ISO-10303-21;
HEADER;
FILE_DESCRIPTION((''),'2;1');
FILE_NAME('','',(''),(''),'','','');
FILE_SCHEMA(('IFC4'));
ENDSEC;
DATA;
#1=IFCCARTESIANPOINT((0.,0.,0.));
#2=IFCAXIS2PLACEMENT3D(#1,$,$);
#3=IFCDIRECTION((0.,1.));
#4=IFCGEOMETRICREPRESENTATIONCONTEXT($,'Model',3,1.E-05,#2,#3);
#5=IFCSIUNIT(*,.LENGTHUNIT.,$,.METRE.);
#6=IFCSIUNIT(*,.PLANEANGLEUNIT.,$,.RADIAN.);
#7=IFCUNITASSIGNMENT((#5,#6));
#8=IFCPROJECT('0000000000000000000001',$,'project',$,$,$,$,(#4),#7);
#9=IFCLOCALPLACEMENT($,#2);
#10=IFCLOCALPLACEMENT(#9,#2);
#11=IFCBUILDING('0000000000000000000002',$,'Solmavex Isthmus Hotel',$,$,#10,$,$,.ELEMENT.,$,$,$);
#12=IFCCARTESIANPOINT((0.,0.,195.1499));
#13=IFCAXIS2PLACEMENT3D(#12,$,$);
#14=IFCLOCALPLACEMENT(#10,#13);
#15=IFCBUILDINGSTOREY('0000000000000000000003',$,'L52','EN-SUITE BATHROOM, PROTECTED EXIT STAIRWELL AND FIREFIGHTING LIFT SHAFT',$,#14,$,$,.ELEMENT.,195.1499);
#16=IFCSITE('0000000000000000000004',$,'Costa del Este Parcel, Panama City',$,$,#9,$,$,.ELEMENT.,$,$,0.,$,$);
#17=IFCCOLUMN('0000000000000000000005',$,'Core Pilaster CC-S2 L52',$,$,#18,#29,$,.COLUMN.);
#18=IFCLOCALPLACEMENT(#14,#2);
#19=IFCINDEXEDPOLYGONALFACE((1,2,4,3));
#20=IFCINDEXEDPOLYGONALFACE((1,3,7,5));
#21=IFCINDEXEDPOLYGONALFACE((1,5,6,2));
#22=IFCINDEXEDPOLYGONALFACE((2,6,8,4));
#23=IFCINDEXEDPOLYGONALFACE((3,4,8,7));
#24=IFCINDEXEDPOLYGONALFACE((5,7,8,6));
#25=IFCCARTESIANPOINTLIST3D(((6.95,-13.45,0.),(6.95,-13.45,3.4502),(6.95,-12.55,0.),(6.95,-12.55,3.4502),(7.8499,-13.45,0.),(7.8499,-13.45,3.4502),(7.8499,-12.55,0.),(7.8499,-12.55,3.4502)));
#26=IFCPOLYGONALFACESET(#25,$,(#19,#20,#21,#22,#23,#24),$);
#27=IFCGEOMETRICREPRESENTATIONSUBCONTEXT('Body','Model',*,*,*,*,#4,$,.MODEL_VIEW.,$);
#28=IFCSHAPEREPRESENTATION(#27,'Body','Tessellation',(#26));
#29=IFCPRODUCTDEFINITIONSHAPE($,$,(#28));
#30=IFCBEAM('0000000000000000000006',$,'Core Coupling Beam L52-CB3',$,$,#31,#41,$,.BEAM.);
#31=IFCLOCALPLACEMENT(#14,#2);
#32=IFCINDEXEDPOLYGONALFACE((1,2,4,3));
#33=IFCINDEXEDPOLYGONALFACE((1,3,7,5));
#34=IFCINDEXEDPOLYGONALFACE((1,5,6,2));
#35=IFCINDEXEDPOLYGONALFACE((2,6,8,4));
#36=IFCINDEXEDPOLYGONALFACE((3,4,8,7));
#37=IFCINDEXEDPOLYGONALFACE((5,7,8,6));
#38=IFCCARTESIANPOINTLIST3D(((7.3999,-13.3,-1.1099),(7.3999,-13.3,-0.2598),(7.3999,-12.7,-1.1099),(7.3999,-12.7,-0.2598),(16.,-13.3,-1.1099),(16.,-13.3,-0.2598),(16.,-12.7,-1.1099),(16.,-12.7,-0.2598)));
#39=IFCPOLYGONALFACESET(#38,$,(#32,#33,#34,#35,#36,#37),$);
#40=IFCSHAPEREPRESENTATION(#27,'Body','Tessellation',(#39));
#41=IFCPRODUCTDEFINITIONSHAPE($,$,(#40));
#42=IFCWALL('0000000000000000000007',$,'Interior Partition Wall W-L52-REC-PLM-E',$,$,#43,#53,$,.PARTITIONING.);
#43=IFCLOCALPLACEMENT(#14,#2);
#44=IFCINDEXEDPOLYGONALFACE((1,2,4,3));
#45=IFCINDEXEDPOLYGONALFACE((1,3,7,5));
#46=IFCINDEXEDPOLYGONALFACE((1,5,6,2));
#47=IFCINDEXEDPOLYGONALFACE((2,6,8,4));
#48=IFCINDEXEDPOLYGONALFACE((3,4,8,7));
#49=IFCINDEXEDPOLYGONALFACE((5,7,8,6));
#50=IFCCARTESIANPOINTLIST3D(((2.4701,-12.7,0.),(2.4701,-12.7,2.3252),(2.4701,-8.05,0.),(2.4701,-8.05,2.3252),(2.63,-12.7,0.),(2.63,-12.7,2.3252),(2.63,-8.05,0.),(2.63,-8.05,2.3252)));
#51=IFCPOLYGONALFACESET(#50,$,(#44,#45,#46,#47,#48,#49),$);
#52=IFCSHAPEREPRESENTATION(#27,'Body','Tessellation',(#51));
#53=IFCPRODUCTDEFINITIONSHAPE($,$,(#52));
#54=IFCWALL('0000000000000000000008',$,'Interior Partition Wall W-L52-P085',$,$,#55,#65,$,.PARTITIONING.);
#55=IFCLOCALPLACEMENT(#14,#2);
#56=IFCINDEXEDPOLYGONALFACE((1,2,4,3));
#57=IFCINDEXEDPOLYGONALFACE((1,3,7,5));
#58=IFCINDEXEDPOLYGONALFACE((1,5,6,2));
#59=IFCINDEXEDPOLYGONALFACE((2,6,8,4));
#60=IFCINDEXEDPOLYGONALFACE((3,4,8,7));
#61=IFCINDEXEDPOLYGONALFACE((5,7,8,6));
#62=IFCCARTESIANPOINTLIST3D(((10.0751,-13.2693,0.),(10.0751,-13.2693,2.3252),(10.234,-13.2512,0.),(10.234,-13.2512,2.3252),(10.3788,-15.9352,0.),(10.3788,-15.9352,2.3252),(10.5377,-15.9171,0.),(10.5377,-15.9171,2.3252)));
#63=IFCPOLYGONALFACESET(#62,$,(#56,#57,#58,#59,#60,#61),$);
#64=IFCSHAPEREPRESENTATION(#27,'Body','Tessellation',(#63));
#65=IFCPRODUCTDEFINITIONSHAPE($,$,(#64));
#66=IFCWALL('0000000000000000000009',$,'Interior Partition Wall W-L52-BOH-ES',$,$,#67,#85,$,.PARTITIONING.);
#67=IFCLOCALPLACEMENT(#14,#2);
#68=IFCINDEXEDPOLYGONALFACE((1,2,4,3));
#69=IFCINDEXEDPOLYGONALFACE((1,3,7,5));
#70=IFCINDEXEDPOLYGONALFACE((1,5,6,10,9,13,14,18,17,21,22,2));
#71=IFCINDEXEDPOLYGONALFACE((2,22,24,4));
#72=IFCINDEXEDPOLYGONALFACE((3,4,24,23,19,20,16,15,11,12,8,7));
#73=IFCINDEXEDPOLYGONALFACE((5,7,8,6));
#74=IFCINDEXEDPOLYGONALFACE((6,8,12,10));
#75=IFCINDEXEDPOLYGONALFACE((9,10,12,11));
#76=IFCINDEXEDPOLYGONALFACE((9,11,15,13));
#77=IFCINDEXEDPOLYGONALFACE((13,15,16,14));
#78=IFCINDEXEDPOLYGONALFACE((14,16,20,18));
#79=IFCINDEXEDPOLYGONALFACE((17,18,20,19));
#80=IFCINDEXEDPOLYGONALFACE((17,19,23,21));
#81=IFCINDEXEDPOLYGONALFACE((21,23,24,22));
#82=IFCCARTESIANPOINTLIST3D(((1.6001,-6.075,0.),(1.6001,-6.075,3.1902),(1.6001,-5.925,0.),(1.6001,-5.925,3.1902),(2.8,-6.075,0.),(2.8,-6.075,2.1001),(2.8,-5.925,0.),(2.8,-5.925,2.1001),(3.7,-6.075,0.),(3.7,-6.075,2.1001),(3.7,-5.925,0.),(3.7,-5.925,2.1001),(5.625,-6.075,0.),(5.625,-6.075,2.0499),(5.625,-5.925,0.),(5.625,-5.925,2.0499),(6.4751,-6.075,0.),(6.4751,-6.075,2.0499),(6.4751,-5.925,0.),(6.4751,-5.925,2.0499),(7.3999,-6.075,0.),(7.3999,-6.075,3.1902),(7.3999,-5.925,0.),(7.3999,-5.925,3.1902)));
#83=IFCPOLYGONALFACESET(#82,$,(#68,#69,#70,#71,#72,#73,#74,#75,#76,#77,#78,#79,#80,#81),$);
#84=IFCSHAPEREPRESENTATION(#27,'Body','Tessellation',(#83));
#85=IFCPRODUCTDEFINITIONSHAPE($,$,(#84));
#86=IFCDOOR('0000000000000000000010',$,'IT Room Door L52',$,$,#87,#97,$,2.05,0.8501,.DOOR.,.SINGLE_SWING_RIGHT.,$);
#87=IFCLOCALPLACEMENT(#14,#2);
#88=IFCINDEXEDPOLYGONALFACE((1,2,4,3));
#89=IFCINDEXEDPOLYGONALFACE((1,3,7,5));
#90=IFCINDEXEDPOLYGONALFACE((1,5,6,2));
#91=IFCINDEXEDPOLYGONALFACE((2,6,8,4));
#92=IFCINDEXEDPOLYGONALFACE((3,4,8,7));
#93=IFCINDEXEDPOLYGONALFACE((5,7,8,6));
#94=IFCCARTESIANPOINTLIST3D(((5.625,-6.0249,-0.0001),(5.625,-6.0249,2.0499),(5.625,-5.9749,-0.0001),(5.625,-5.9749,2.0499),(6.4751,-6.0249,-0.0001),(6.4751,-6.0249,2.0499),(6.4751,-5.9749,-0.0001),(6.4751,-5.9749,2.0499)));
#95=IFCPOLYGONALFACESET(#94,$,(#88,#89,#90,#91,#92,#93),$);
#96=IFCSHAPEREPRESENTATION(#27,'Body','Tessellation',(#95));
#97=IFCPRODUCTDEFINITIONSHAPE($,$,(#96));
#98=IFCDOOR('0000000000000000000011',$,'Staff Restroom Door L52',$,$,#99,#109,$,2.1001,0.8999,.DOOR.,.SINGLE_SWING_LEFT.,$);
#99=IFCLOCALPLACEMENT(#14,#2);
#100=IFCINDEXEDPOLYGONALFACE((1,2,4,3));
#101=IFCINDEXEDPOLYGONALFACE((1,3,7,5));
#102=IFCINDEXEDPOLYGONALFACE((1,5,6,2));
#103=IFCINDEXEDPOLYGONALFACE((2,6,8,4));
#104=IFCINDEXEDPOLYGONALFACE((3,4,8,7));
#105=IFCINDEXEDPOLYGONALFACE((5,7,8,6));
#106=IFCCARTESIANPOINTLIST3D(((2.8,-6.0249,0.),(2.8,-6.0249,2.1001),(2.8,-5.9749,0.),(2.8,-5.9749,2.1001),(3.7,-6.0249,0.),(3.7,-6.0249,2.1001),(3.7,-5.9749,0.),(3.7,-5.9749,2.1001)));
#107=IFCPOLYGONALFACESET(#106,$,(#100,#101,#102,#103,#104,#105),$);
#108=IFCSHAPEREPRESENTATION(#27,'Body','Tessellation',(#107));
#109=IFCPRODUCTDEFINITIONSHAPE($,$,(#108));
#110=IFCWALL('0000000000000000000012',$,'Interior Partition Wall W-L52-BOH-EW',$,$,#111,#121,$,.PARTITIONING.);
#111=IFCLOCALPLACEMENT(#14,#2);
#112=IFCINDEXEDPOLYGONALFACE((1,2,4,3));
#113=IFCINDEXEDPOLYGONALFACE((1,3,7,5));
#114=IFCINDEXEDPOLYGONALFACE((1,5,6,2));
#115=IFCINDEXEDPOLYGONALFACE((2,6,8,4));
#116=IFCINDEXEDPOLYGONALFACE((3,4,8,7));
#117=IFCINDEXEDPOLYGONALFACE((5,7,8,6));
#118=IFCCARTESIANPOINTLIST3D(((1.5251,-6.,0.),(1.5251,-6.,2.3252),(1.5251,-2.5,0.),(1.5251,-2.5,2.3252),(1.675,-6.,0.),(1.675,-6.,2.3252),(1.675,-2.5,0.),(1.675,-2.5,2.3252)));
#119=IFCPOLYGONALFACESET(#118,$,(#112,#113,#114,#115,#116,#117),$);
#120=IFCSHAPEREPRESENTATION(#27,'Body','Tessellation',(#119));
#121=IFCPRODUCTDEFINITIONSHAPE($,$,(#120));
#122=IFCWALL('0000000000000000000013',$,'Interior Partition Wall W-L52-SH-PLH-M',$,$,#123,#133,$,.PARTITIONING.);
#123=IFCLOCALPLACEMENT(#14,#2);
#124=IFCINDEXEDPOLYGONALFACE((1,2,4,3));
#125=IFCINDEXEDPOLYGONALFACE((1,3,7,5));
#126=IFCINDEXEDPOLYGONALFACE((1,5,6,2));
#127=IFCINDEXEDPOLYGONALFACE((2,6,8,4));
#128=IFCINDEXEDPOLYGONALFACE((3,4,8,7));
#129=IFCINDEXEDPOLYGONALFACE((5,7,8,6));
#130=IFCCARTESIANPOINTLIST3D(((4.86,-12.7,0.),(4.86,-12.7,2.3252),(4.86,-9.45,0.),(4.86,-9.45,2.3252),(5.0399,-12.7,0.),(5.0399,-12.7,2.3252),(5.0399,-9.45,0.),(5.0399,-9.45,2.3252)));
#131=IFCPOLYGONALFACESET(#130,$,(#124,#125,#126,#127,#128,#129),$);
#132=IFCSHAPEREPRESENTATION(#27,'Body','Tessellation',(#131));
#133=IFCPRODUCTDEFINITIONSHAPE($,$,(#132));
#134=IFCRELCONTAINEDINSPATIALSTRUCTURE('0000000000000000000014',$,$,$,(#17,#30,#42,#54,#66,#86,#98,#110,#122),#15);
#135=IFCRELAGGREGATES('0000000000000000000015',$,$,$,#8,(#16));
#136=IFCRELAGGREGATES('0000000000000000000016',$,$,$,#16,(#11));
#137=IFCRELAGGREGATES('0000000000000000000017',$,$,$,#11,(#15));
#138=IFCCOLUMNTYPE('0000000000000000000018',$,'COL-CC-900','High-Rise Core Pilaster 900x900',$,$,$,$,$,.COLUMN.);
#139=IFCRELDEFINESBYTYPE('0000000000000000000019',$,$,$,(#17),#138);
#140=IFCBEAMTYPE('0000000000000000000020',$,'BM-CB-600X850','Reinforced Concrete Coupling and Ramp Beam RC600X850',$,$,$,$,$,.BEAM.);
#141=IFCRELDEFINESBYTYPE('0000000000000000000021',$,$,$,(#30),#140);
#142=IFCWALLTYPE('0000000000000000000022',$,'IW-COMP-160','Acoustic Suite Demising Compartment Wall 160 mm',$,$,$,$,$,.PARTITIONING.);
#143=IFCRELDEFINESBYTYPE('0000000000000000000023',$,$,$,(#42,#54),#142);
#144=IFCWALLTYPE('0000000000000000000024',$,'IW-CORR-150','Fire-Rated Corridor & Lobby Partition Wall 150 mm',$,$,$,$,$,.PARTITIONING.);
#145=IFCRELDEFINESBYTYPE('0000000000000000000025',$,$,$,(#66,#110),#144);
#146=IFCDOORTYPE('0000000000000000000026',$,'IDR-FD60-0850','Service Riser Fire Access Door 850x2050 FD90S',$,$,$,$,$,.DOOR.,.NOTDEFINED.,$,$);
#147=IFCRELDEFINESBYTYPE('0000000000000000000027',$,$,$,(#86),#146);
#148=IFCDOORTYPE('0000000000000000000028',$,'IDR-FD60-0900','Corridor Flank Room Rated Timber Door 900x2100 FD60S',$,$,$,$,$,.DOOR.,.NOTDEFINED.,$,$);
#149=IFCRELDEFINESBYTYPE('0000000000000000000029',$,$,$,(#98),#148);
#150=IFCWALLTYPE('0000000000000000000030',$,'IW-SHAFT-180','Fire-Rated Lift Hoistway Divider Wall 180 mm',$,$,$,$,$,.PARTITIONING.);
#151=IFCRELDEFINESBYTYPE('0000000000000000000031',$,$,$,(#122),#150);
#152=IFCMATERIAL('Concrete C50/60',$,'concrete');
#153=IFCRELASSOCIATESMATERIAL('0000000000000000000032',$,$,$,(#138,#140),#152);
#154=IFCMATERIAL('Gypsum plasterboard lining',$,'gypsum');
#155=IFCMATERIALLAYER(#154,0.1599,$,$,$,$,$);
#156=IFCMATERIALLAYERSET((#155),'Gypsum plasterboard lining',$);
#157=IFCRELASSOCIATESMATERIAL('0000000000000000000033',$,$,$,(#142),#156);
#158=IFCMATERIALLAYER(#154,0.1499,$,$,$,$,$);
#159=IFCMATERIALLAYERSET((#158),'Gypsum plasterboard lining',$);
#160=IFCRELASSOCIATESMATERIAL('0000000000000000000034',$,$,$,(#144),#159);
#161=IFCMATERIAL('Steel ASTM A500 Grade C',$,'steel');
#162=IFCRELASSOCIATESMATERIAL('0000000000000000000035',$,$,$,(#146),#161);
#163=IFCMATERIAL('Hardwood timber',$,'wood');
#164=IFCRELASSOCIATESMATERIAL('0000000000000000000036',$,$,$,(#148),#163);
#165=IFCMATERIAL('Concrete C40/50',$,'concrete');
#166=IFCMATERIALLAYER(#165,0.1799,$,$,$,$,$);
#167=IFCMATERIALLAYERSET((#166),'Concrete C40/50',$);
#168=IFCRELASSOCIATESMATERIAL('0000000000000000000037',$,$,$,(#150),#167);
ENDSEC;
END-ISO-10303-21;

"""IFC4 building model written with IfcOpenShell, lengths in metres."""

from ifc_helpers import new_model, si_unit, direction, frame, frame_2d, origin, origin_2d, place, context, subcontext, project, spatial, rectangle, extrude, material, layer, layer_set, material_profile, profile_set, type_object, element, fill, save


model = new_model("IFC4")

# Units and contexts
model_context = context("Model", 3, precision=1e-05, world=origin(), true_north=direction((0.0, 1.0)))
body_context = subcontext(model_context, "Body", "Model", "MODEL_VIEW")
ifc_project = project(units=[si_unit("LENGTHUNIT", "METRE"), si_unit("PLANEANGLEUNIT", "RADIAN")], contexts=[model_context])

# Site, building, storey
site_placement = place(None, origin())
site = spatial("IfcSite", under=ifc_project, at=site_placement, Name="Costa del Este Parcel, Panama City", CompositionType="ELEMENT", RefElevation=0.0)
building_placement = place(site_placement, origin())
building = spatial("IfcBuilding", under=site, at=building_placement, Name="Solmavex Isthmus Hotel", CompositionType="ELEMENT")
storey_placement = place(building_placement, frame((0.0, 0.0, 195.1499)))
storey = spatial("IfcBuildingStorey", under=building, at=storey_placement, Name="L52", Description="EN-SUITE BATHROOM, PROTECTED EXIT STAIRWELL AND FIREFIGHTING LIFT SHAFT", CompositionType="ELEMENT", Elevation=195.1499)

# Column
ifc_material_1 = material(Name="Concrete C50/60", Category="concrete")
ifc_material_profile_1 = material_profile(ifc_material_1, rectangle(XDim=0.8999, YDim=0.8999, at=origin_2d()), Name="RC900X900")
ifc_profile_set_1 = profile_set([ifc_material_profile_1], Name="Concrete C50/60")
column_type = type_object("IfcColumnType", Name="COL-CC-900", Description="High-Rise Core Pilaster 900x900", PredefinedType="COLUMN", material=ifc_profile_set_1)
column_placement = place(storey_placement, frame((7.3999, -13.0, 0.0), z_axis=(0.0, 0.0, 1.0), x_axis=(1.0, 0.0, 0.0)))
element("IfcColumn", 1, at=column_placement, inside=storey, type_object=column_type, Name="Core Pilaster CC-S2 L52", PredefinedType="COLUMN", context=body_context, shape_type="SweptSolid", body=[
    extrude(rectangle(XDim=0.8999, YDim=0.8999, at=origin_2d()), origin(), (0.0, 0.0, 1.0), 3.4502),
])

# Beam
ifc_material_profile_2 = material_profile(ifc_material_1, rectangle(XDim=0.6001, YDim=0.8501, at=origin_2d()), Name="RC600X850")
ifc_profile_set_2 = profile_set([ifc_material_profile_2], Name="Concrete C50/60")
beam_type = type_object("IfcBeamType", Name="BM-CB-600X850", Description="Reinforced Concrete Coupling and Ramp Beam RC600X850", PredefinedType="BEAM", material=ifc_profile_set_2)
beam_placement = place(storey_placement, frame((7.3999, -13.0, -0.6848), z_axis=(1.0, 0.0, 0.0), x_axis=(0.0, 1.0, 0.0)))
element("IfcBeam", 2, at=beam_placement, inside=storey, type_object=beam_type, Name="Core Coupling Beam L52-CB3", PredefinedType="BEAM", context=body_context, shape_type="SweptSolid", body=[
    extrude(rectangle(XDim=0.6001, YDim=0.8501, at=origin_2d()), origin(), (0.0, 0.0, 1.0), 8.6001),
])

# Walls
ifc_material_2 = material(Name="Gypsum plasterboard lining", Category="gypsum")
ifc_layer_1 = layer(ifc_material_2, 0.1599)
ifc_layer_set_1 = layer_set([ifc_layer_1], Name="Gypsum plasterboard lining")
wall_type_1 = type_object("IfcWallType", Name="IW-COMP-160", Description="Acoustic Suite Demising Compartment Wall 160 mm", PredefinedType="PARTITIONING", material=ifc_layer_set_1)
wall_1_placement = place(storey_placement, frame((2.55, -12.7, 0.0), z_axis=(0.0, 0.0, 1.0), x_axis=(0.0, 1.0, 0.0)))
element("IfcWall", 3, at=wall_1_placement, inside=storey, type_object=wall_type_1, Name="Interior Partition Wall W-L52-REC-PLM-E", PredefinedType="PARTITIONING", context=body_context, shape_type="SweptSolid", body=[
    extrude(rectangle(XDim=4.6499, YDim=0.1599, at=frame_2d((2.325, 0.0))), origin(), (0.0, 0.0, 1.0), 2.3252),
])
wall_2_placement = place(storey_placement, frame((10.1545, -13.2603, 0.0), z_axis=(0.0, 0.0, 1.0), x_axis=(0.113198, -0.993572, 0.0)))
element("IfcWall", 4, at=wall_2_placement, inside=storey, type_object=wall_type_1, Name="Interior Partition Wall W-L52-P085", PredefinedType="PARTITIONING", context=body_context, shape_type="SweptSolid", body=[
    extrude(rectangle(XDim=2.6831, YDim=0.1599, at=frame_2d((1.3416, 0.0))), origin(), (0.0, 0.0, 1.0), 2.3252),
])

# Wall, openings, doors
ifc_layer_2 = layer(ifc_material_2, 0.1499)
ifc_layer_set_2 = layer_set([ifc_layer_2], Name="Gypsum plasterboard lining")
wall_type_2 = type_object("IfcWallType", Name="IW-CORR-150", Description="Fire-Rated Corridor & Lobby Partition Wall 150 mm", PredefinedType="PARTITIONING", material=ifc_layer_set_2)
wall_3_placement = place(storey_placement, frame((1.6001, -6.0, 0.0), z_axis=(0.0, 0.0, 1.0), x_axis=(1.0, 0.0, 0.0)))
wall_3 = element("IfcWall", 5, at=wall_3_placement, inside=storey, type_object=wall_type_2, Name="Interior Partition Wall W-L52-BOH-ES", PredefinedType="PARTITIONING", context=body_context, shape_type="SweptSolid", body=[
    extrude(rectangle(XDim=5.7998, YDim=0.1499, at=frame_2d((2.8999, 0.0))), origin(), (0.0, 0.0, 1.0), 3.1902),
])
opening_1_placement = place(wall_3_placement, frame((1.2, 0.0, 0.0)))
opening_1 = element("IfcOpeningElement", 6, at=opening_1_placement, cuts=wall_3, PredefinedType="OPENING", context=body_context, shape_type="SweptSolid", body=[
    extrude(rectangle(XDim=0.8999, YDim=2.1001, at=frame_2d((0.45, 1.05))), frame((0.0, 0.085, 0.0), z_axis=(0.0, -1.0, 0.0), x_axis=(1.0, 0.0, 0.0)), (0.0, 0.0, 1.0), 0.1699),
])
opening_2_placement = place(wall_3_placement, frame((4.0249, 0.0, 0.0)))
opening_2 = element("IfcOpeningElement", 7, at=opening_2_placement, cuts=wall_3, PredefinedType="OPENING", context=body_context, shape_type="SweptSolid", body=[
    extrude(rectangle(XDim=0.8501, YDim=2.05, at=frame_2d((0.425, 1.0249))), frame((0.0, 0.085, 0.0), z_axis=(0.0, -1.0, 0.0), x_axis=(1.0, 0.0, 0.0)), (0.0, 0.0, 1.0), 0.1699),
])
ifc_material_3 = material(Name="Steel ASTM A500 Grade C", Category="steel")
door_type_1 = type_object("IfcDoorType", Name="IDR-FD60-0850", Description="Service Riser Fire Access Door 850x2050 FD90S", OperationType="NOTDEFINED", PredefinedType="DOOR", material=ifc_material_3)
door_1_placement = place(opening_2_placement, frame((0.8501, 0.0, 0.0), z_axis=(0.0, 0.0, 1.0), x_axis=(-1.0, 0.0, 0.0)))
door_1 = element("IfcDoor", 8, at=door_1_placement, inside=storey, type_object=door_type_1, Name="IT Room Door L52", OperationType="SINGLE_SWING_RIGHT", OverallHeight=2.05, OverallWidth=0.8501, PredefinedType="DOOR", context=body_context, shape_type="SweptSolid", body=[
    extrude(rectangle(XDim=0.8501, YDim=2.05, at=frame_2d((0.425, 1.0249))), frame((0.0, 0.0249, 0.0), z_axis=(0.0, -1.0, 0.0), x_axis=(1.0, 0.0, 0.0)), (0.0, 0.0, 1.0), 0.05),
])
fill(opening_2, door_1)
ifc_material_4 = material(Name="Hardwood timber", Category="wood")
door_type_2 = type_object("IfcDoorType", Name="IDR-FD60-0900", Description="Corridor Flank Room Rated Timber Door 900x2100 FD60S", OperationType="NOTDEFINED", PredefinedType="DOOR", material=ifc_material_4)
door_2_placement = place(opening_1_placement, frame((0.8999, 0.0, 0.0), z_axis=(0.0, 0.0, 1.0), x_axis=(-1.0, 0.0, 0.0)))
door_2 = element("IfcDoor", 9, at=door_2_placement, inside=storey, type_object=door_type_2, Name="Staff Restroom Door L52", OperationType="SINGLE_SWING_LEFT", OverallHeight=2.1001, OverallWidth=0.8999, PredefinedType="DOOR", context=body_context, shape_type="SweptSolid", body=[
    extrude(rectangle(XDim=0.8999, YDim=2.1001, at=frame_2d((0.45, 1.05))), frame((0.0, 0.0249, 0.0), z_axis=(0.0, -1.0, 0.0), x_axis=(1.0, 0.0, 0.0)), (0.0, 0.0, 1.0), 0.05),
])
fill(opening_1, door_2)

# Walls
wall_4_placement = place(storey_placement, frame((1.6001, -6.0, 0.0), z_axis=(0.0, 0.0, 1.0), x_axis=(0.0, 1.0, 0.0)))
element("IfcWall", 10, at=wall_4_placement, inside=storey, type_object=wall_type_2, Name="Interior Partition Wall W-L52-BOH-EW", PredefinedType="PARTITIONING", context=body_context, shape_type="SweptSolid", body=[
    extrude(rectangle(XDim=3.5, YDim=0.1499, at=frame_2d((1.75, 0.0))), origin(), (0.0, 0.0, 1.0), 2.3252),
])
ifc_material_5 = material(Name="Concrete C40/50", Category="concrete")
ifc_layer_3 = layer(ifc_material_5, 0.1799)
ifc_layer_set_3 = layer_set([ifc_layer_3], Name="Concrete C40/50")
wall_type_3 = type_object("IfcWallType", Name="IW-SHAFT-180", Description="Fire-Rated Lift Hoistway Divider Wall 180 mm", PredefinedType="PARTITIONING", material=ifc_layer_set_3)
wall_5_placement = place(storey_placement, frame((4.95, -12.7, 0.0), z_axis=(0.0, 0.0, 1.0), x_axis=(0.0, 1.0, 0.0)))
element("IfcWall", 11, at=wall_5_placement, inside=storey, type_object=wall_type_3, Name="Interior Partition Wall W-L52-SH-PLH-M", PredefinedType="PARTITIONING", context=body_context, shape_type="SweptSolid", body=[
    extrude(rectangle(XDim=3.25, YDim=0.1799, at=frame_2d((1.625, 0.0))), origin(), (0.0, 0.0, 1.0), 2.3252),
])

save(model, "model.ifc")
